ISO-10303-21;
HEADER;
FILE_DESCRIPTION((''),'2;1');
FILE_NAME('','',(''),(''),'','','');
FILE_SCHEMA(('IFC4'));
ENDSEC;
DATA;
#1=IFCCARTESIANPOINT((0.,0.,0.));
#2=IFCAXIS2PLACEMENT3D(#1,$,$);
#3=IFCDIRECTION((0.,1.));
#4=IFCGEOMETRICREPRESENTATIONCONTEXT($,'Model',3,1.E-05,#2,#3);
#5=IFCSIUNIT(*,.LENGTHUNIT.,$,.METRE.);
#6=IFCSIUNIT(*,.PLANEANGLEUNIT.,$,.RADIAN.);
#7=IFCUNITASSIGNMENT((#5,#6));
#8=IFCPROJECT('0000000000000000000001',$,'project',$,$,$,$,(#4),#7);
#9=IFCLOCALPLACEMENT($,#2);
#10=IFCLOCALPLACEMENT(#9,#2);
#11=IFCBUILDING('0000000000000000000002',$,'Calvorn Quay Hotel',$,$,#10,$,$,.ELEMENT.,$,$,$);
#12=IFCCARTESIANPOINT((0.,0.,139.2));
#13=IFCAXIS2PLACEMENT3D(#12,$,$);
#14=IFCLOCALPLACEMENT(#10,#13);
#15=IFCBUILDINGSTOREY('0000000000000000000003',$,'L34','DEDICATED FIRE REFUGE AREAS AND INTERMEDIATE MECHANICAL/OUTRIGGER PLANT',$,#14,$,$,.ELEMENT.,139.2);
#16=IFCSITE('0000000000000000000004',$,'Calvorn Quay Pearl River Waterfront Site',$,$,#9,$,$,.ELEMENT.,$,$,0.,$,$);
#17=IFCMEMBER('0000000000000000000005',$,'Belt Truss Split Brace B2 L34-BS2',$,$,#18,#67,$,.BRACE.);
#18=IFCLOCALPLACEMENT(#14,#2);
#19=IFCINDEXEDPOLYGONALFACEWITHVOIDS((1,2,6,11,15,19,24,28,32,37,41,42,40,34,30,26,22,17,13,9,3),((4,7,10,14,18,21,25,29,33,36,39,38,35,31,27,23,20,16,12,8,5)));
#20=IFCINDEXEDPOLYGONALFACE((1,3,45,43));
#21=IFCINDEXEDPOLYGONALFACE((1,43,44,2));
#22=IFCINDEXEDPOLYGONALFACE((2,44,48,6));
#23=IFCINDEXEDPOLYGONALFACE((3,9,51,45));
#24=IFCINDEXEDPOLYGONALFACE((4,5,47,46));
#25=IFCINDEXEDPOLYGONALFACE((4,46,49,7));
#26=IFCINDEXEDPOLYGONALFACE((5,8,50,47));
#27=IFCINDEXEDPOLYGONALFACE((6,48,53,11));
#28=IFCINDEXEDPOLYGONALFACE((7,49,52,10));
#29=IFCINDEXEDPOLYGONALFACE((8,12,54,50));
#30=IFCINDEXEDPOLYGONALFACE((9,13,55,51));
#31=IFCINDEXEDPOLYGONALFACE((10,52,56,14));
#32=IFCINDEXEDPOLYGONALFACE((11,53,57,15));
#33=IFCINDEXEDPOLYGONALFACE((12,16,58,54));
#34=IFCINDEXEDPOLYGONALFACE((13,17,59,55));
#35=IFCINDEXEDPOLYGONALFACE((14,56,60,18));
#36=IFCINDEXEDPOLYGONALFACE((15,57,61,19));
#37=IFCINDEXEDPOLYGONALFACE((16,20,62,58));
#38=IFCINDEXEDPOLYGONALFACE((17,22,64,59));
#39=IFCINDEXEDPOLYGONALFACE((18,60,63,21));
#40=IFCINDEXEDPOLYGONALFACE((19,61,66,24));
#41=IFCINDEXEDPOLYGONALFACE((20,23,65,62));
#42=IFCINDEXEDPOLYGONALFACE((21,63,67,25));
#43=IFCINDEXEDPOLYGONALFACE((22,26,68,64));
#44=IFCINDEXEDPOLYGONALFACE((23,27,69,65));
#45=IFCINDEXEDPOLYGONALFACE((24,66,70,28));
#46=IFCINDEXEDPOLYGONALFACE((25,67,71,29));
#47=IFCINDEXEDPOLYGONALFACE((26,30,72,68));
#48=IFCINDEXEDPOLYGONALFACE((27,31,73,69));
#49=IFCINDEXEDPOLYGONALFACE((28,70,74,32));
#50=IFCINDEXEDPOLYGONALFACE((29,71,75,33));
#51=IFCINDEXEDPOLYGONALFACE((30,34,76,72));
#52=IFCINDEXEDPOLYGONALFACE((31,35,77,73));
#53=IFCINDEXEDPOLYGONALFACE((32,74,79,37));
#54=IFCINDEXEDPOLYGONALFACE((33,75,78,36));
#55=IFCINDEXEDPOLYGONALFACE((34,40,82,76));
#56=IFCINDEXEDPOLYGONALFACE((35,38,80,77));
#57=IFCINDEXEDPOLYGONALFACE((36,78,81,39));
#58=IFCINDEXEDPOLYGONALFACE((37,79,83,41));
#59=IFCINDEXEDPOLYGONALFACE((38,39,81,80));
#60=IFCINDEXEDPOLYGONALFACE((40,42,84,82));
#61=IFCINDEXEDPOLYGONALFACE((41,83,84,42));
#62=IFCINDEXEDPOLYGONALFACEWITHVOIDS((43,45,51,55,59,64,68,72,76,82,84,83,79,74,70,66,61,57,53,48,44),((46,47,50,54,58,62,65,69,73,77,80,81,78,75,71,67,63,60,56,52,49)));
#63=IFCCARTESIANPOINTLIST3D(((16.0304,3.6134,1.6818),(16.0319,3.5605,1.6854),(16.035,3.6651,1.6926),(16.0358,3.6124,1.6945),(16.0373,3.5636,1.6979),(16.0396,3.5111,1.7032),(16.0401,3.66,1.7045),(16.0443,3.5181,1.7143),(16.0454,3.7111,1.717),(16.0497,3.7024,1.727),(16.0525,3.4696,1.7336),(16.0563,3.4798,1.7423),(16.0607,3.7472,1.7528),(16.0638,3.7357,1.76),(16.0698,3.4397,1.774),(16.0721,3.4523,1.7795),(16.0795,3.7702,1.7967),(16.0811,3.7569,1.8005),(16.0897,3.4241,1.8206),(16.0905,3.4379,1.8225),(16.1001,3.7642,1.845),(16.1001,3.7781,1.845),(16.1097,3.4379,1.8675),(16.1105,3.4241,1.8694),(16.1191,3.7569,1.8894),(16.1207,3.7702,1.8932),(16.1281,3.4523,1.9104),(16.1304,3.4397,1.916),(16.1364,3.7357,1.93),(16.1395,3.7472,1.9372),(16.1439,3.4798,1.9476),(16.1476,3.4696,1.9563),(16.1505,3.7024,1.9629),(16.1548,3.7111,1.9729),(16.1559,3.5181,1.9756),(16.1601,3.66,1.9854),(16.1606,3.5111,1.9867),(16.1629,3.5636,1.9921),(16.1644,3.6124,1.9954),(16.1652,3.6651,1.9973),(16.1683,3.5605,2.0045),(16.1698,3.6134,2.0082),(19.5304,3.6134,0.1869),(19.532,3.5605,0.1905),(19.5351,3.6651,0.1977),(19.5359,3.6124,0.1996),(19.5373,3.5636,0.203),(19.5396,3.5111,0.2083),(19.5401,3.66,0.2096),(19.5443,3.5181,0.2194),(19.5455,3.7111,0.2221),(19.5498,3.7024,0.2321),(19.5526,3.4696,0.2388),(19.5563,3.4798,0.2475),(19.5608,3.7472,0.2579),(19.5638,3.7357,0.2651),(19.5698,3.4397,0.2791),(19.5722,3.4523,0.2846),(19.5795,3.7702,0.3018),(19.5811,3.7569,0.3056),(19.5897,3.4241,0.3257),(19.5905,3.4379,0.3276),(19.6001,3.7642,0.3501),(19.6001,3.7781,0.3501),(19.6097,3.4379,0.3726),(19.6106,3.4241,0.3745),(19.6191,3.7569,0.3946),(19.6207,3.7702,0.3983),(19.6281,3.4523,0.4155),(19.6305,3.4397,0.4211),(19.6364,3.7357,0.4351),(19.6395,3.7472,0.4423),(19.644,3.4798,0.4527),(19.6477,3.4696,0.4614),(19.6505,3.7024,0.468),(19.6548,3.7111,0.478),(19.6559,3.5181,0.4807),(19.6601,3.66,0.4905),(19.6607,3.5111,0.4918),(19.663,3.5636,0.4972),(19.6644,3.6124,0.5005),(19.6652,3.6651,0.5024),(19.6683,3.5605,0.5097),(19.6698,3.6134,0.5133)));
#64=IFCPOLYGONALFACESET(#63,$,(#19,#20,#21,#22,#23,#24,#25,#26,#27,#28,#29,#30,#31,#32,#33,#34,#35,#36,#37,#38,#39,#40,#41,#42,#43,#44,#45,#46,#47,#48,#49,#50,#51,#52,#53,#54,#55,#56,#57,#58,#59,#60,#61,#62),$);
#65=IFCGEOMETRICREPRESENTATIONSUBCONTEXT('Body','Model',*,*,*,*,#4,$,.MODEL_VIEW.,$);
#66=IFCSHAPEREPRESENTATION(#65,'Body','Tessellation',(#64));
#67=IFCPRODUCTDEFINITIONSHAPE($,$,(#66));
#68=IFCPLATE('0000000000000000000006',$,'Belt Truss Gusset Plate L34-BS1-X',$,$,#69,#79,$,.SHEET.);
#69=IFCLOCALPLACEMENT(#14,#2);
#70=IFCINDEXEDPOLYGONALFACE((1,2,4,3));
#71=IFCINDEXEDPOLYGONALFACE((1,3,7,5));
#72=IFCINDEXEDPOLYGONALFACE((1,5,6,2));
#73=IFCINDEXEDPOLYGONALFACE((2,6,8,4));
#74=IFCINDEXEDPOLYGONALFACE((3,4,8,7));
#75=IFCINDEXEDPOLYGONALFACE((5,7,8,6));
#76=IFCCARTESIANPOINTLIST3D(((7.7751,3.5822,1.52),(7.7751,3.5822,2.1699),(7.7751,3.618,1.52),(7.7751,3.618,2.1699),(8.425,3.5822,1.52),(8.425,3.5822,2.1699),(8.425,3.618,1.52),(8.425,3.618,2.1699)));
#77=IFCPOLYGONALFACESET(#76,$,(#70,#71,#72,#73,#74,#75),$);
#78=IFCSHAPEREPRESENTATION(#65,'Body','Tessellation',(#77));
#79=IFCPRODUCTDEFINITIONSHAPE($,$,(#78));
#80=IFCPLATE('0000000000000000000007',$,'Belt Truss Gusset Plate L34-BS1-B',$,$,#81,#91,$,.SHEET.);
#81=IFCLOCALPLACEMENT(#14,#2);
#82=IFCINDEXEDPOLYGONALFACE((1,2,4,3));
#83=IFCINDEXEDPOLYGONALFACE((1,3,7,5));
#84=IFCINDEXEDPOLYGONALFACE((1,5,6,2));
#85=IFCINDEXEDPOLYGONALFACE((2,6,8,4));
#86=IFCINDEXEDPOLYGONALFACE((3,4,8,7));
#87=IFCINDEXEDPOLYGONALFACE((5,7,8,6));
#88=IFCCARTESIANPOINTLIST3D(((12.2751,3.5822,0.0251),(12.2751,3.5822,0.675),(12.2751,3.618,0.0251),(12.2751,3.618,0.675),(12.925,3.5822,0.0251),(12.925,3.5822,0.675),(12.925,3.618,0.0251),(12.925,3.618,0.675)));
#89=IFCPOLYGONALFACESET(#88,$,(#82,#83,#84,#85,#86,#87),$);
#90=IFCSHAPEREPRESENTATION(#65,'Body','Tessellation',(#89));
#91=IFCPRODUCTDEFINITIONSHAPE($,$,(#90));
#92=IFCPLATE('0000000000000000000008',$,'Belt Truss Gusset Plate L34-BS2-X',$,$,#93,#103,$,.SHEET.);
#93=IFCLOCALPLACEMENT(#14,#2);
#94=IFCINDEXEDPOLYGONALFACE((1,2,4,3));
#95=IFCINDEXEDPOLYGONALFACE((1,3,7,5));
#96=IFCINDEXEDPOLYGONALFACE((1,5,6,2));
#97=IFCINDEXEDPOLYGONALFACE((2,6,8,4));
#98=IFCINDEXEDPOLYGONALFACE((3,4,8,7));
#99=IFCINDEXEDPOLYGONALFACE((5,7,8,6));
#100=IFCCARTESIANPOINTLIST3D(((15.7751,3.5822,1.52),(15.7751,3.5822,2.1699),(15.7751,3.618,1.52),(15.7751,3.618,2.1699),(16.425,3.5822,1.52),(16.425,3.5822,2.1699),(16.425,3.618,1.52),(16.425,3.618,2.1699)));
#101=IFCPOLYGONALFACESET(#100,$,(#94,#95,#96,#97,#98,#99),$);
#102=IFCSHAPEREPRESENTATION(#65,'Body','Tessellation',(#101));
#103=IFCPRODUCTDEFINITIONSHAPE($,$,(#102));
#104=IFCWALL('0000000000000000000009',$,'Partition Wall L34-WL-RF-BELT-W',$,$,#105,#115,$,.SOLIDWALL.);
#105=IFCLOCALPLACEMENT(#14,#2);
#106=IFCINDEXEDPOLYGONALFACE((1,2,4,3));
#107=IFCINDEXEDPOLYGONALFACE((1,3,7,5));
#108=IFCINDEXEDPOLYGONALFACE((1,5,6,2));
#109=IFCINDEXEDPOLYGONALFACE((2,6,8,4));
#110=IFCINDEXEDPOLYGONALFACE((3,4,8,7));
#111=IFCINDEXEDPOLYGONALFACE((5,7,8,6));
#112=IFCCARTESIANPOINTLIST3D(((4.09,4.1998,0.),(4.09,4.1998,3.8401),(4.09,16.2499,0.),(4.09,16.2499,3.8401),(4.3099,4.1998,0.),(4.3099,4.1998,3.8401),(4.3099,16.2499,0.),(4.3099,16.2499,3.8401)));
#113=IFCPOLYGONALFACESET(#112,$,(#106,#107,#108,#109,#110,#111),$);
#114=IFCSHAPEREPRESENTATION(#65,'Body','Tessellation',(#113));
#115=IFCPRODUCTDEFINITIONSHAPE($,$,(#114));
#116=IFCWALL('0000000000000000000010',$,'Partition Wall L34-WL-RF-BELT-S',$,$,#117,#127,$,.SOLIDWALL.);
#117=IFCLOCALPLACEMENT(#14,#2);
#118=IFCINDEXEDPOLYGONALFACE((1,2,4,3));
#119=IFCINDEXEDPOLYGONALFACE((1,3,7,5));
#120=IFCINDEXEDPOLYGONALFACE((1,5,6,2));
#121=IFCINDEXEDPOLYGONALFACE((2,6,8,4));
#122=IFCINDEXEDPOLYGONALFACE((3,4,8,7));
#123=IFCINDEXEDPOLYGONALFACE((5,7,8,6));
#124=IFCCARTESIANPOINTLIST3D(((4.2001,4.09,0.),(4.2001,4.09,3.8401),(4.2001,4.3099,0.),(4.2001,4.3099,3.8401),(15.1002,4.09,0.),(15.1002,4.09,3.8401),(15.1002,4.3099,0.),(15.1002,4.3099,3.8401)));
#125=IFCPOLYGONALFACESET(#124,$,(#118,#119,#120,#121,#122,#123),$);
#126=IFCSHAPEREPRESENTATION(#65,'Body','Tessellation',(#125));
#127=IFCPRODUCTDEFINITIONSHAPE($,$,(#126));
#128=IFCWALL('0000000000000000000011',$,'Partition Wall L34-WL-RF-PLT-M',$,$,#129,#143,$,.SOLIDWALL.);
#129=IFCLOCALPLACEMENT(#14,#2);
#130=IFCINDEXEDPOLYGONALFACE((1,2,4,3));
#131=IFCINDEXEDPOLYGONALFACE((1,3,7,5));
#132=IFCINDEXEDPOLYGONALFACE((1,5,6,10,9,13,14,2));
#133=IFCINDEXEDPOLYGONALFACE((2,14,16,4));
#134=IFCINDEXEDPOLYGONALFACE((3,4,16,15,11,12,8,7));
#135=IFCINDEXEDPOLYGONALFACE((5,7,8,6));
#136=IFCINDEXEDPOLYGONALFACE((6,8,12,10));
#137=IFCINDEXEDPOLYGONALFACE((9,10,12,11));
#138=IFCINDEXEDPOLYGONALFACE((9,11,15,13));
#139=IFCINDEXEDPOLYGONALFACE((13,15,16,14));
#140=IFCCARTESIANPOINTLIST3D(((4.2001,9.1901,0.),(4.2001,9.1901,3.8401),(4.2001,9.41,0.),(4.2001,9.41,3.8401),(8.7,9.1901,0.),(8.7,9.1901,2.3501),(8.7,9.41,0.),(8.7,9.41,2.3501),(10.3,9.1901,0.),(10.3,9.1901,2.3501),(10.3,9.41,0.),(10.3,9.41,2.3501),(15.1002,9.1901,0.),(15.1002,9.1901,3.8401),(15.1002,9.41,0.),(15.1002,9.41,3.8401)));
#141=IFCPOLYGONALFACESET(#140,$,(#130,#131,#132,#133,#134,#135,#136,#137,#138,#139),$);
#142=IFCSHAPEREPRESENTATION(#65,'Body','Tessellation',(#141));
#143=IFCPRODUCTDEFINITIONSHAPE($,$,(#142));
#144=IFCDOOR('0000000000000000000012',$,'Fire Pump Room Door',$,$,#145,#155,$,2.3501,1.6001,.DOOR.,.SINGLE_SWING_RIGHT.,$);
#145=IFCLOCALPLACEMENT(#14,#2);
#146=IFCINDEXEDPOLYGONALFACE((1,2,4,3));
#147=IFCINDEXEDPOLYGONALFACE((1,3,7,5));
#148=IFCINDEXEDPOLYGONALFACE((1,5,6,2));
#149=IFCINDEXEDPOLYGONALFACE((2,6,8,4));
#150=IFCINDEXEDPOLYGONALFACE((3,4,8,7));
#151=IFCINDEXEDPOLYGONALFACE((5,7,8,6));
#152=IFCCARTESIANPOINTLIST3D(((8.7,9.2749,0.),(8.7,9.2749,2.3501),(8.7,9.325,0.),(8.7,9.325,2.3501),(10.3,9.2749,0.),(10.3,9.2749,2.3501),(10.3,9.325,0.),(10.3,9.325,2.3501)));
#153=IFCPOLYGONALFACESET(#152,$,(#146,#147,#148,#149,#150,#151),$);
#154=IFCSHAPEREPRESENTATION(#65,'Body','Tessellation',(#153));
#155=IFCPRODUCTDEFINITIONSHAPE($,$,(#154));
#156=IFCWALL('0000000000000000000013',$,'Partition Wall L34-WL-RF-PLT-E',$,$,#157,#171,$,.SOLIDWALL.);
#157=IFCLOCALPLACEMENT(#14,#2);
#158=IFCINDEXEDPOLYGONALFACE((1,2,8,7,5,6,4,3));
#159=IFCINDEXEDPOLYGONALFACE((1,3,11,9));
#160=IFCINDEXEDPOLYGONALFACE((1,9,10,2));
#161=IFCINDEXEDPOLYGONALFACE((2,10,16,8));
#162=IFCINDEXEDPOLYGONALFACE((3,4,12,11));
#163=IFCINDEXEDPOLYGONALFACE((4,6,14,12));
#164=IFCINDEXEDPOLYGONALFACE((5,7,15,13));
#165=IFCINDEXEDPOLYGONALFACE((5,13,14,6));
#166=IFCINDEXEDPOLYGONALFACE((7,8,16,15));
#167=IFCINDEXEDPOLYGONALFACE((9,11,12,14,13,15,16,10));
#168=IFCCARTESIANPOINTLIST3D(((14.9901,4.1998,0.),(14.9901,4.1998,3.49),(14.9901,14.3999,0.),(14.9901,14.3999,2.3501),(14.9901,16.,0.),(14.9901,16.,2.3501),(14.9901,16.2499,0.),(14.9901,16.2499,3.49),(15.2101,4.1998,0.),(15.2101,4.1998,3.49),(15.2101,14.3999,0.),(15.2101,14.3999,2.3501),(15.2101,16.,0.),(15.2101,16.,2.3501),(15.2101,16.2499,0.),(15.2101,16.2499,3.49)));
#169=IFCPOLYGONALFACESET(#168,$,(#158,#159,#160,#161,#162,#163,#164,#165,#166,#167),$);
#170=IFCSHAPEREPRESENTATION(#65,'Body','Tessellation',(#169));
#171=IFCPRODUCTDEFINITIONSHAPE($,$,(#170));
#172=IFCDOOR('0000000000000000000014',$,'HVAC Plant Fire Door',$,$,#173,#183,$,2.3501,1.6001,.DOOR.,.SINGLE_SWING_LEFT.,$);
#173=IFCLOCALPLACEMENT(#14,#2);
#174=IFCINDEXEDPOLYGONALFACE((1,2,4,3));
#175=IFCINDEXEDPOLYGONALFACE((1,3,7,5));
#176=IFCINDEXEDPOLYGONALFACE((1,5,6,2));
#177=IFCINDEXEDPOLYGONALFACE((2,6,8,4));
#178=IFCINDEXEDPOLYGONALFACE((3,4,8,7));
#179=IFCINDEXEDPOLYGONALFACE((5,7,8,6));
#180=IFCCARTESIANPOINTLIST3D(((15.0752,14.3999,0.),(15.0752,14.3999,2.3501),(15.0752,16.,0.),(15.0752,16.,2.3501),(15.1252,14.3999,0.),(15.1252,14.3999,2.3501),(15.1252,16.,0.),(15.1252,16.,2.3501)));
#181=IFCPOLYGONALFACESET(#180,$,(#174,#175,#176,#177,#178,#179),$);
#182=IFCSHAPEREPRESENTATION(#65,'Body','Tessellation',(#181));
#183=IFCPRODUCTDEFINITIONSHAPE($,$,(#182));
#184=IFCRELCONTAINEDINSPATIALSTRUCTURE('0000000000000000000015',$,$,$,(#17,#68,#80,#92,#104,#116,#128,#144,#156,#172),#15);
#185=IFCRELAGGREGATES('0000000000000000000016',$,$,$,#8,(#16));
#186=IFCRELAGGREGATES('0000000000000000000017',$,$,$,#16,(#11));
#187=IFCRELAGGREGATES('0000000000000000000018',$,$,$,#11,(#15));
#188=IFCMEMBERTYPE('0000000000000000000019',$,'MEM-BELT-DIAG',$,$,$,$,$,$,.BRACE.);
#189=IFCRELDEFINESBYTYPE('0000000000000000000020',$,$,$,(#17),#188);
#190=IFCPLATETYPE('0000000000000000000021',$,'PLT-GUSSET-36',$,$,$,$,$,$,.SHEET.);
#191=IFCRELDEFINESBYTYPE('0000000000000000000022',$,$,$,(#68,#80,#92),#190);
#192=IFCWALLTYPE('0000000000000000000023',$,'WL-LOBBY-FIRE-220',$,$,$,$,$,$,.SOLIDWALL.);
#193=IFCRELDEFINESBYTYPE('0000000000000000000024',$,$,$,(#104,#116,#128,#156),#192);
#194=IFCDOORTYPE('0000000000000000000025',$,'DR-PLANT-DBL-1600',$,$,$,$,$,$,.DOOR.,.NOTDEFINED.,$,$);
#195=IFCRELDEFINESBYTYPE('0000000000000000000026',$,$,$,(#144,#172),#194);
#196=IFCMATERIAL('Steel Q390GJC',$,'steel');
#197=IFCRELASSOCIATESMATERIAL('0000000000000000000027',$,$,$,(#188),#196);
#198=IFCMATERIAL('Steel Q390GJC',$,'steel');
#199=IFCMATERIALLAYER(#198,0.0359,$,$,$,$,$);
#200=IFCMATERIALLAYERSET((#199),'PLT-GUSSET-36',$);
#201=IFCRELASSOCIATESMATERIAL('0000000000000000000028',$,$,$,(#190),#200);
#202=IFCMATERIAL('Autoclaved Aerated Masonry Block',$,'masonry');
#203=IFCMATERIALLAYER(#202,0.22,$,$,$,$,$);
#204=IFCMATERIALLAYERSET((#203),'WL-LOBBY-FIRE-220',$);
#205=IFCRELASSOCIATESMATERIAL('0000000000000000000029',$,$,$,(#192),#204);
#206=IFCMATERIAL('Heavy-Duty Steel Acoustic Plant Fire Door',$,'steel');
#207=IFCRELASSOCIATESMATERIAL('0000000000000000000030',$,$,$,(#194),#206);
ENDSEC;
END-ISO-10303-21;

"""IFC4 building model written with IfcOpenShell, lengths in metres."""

from ifc_helpers import new_model, si_unit, direction, frame, frame_2d, origin, origin_2d, place, context, subcontext, project, spatial, rectangle, hollow_circle, extrude, material, layer, layer_set, material_profile, profile_set, type_object, element, fill, save


model = new_model("IFC4")

# Units and contexts
model_context = context("Model", 3, precision=1e-05, world=origin(), true_north=direction((0.0, 1.0)))
body_context = subcontext(model_context, "Body", "Model", "MODEL_VIEW")
ifc_project = project(units=[si_unit("LENGTHUNIT", "METRE"), si_unit("PLANEANGLEUNIT", "RADIAN")], contexts=[model_context])

# Site, building, storey
site_placement = place(None, origin())
site = spatial("IfcSite", under=ifc_project, at=site_placement, Name="Calvorn Quay Pearl River Waterfront Site", CompositionType="ELEMENT", RefElevation=0.0)
building_placement = place(site_placement, origin())
building = spatial("IfcBuilding", under=site, at=building_placement, Name="Calvorn Quay Hotel", CompositionType="ELEMENT")
storey_placement = place(building_placement, frame((0.0, 0.0, 139.2)))
storey = spatial("IfcBuildingStorey", under=building, at=storey_placement, Name="L34", Description="DEDICATED FIRE REFUGE AREAS AND INTERMEDIATE MECHANICAL/OUTRIGGER PLANT", CompositionType="ELEMENT", Elevation=139.2)

# Member
ifc_material_1 = material(Name="Steel Q390GJC", Category="steel")
ifc_material_profile_1 = material_profile(ifc_material_1, hollow_circle(Radius=0.178, WallThickness=0.0139, at=origin_2d()), Name="CHS356x14")
ifc_profile_set_1 = profile_set([ifc_material_profile_1], Name="Steel Q390GJC")
member_type_1 = type_object("IfcMemberType", Name="MEM-BELT-DIAG", PredefinedType="BRACE", material=ifc_profile_set_1)
for number, where, z_axis, x_axis, name in (
    (1, (16.1001, 3.6001, 1.845), (0.919632, 0.0, -0.392781), (0.0, 1.0, 0.0), "Belt Truss Split Brace B2 L34-BS2"),
):
    element("IfcMember", number, at=place(storey_placement, frame(where, z_axis=z_axis, x_axis=x_axis)), inside=storey, type_object=member_type_1, Name=name, PredefinedType="BRACE", context=body_context, shape_type="SweptSolid", body=[
        extrude(hollow_circle(Radius=0.178, WallThickness=0.0139, at=origin_2d()), origin(), (0.0, 0.0, 1.0), 3.8059),
    ])

# Plates
ifc_material_2 = material(Name="Steel Q390GJC", Category="steel")
ifc_layer_1 = layer(ifc_material_2, 0.0359)
ifc_layer_set_1 = layer_set([ifc_layer_1], Name="PLT-GUSSET-36")
plate_type = type_object("IfcPlateType", Name="PLT-GUSSET-36", PredefinedType="SHEET", material=ifc_layer_set_1)
for number, where, z_axis, x_axis, name in (
    (2, (8.1001, 3.6001, 1.52), (0.0, 0.0, 1.0), (1.0, 0.0, 0.0), "Belt Truss Gusset Plate L34-BS1-X"),
    (3, (12.6001, 3.6001, 0.0251), (0.0, 0.0, 1.0), (1.0, 0.0, 0.0), "Belt Truss Gusset Plate L34-BS1-B"),
    (4, (16.1001, 3.6001, 1.52), (0.0, 0.0, 1.0), (1.0, 0.0, 0.0), "Belt Truss Gusset Plate L34-BS2-X"),
):
    element("IfcPlate", number, at=place(storey_placement, frame(where, z_axis=z_axis, x_axis=x_axis)), inside=storey, type_object=plate_type, Name=name, PredefinedType="SHEET", context=body_context, shape_type="SweptSolid", body=[
        extrude(rectangle(XDim=0.6499, YDim=0.0359, at=origin_2d()), origin(), (0.0, 0.0, 1.0), 0.6499),
    ])

# Walls
ifc_material_3 = material(Name="Autoclaved Aerated Masonry Block", Category="masonry")
ifc_layer_2 = layer(ifc_material_3, 0.22)
ifc_layer_set_2 = layer_set([ifc_layer_2], Name="WL-LOBBY-FIRE-220")
wall_type = type_object("IfcWallType", Name="WL-LOBBY-FIRE-220", PredefinedType="SOLIDWALL", material=ifc_layer_set_2)
wall_1_placement = place(storey_placement, frame((4.2, 4.2, 0.0), z_axis=(0.0, 0.0, 1.0), x_axis=(0.0, 1.0, 0.0)))
element("IfcWall", 5, at=wall_1_placement, inside=storey, type_object=wall_type, Name="Partition Wall L34-WL-RF-BELT-W", PredefinedType="SOLIDWALL", context=body_context, shape_type="SweptSolid", body=[
    extrude(rectangle(XDim=12.05, YDim=0.22, at=frame_2d((6.0249, 0.0))), origin(), (0.0, 0.0, 1.0), 3.8401),
])
wall_2_placement = place(storey_placement, frame((4.2, 4.2, 0.0), z_axis=(0.0, 0.0, 1.0), x_axis=(1.0, 0.0, 0.0)))
element("IfcWall", 6, at=wall_2_placement, inside=storey, type_object=wall_type, Name="Partition Wall L34-WL-RF-BELT-S", PredefinedType="SOLIDWALL", context=body_context, shape_type="SweptSolid", body=[
    extrude(rectangle(XDim=10.9001, YDim=0.22, at=frame_2d((5.4502, 0.0))), origin(), (0.0, 0.0, 1.0), 3.8401),
])

# Walls, openings, doors
wall_3_placement = place(storey_placement, frame((4.2, 9.3, 0.0), z_axis=(0.0, 0.0, 1.0), x_axis=(1.0, 0.0, 0.0)))
wall_3 = element("IfcWall", 7, at=wall_3_placement, inside=storey, type_object=wall_type, Name="Partition Wall L34-WL-RF-PLT-M", PredefinedType="SOLIDWALL", context=body_context, shape_type="SweptSolid", body=[
    extrude(rectangle(XDim=10.9001, YDim=0.22, at=frame_2d((5.4502, 0.0))), origin(), (0.0, 0.0, 1.0), 3.8401),
])
opening_1_placement = place(wall_3_placement, frame((4.5, 0.0, 0.0)))
opening_1 = element("IfcOpeningElement", 8, at=opening_1_placement, cuts=wall_3, PredefinedType="OPENING", context=body_context, shape_type="SweptSolid", body=[
    extrude(rectangle(XDim=1.6001, YDim=2.3501, at=frame_2d((0.8, 1.175))), frame((0.0, 0.1199, 0.0), z_axis=(0.0, -1.0, 0.0), x_axis=(1.0, 0.0, 0.0)), (0.0, 0.0, 1.0), 0.24),
])
ifc_material_4 = material(Name="Heavy-Duty Steel Acoustic Plant Fire Door", Category="steel")
door_type = type_object("IfcDoorType", Name="DR-PLANT-DBL-1600", OperationType="NOTDEFINED", PredefinedType="DOOR", material=ifc_material_4)
door_1_placement = place(opening_1_placement, origin())
door_1 = element("IfcDoor", 9, at=door_1_placement, inside=storey, type_object=door_type, Name="Fire Pump Room Door", OperationType="SINGLE_SWING_RIGHT", OverallHeight=2.3501, OverallWidth=1.6001, PredefinedType="DOOR", context=body_context, shape_type="SweptSolid", body=[
    extrude(rectangle(XDim=1.6001, YDim=2.3501, at=frame_2d((0.8, 1.175))), frame((0.0, 0.0249, 0.0), z_axis=(0.0, -1.0, 0.0), x_axis=(1.0, 0.0, 0.0)), (0.0, 0.0, 1.0), 0.05),
])
fill(opening_1, door_1)
wall_4_placement = place(storey_placement, frame((15.1001, 4.2, 0.0), z_axis=(0.0, 0.0, 1.0), x_axis=(0.0, 1.0, 0.0)))
wall_4 = element("IfcWall", 10, at=wall_4_placement, inside=storey, type_object=wall_type, Name="Partition Wall L34-WL-RF-PLT-E", PredefinedType="SOLIDWALL", context=body_context, shape_type="SweptSolid", body=[
    extrude(rectangle(XDim=12.05, YDim=0.22, at=frame_2d((6.0249, 0.0))), origin(), (0.0, 0.0, 1.0), 3.49),
])
opening_2_placement = place(wall_4_placement, frame((10.2, 0.0, 0.0)))
opening_2 = element("IfcOpeningElement", 11, at=opening_2_placement, cuts=wall_4, PredefinedType="OPENING", context=body_context, shape_type="SweptSolid", body=[
    extrude(rectangle(XDim=1.6001, YDim=2.3501, at=frame_2d((0.8, 1.175))), frame((0.0, 0.1199, 0.0), z_axis=(0.0, -1.0, 0.0), x_axis=(1.0, 0.0, 0.0)), (0.0, 0.0, 1.0), 0.24),
])
door_2_placement = place(opening_2_placement, origin())
door_2 = element("IfcDoor", 12, at=door_2_placement, inside=storey, type_object=door_type, Name="HVAC Plant Fire Door", OperationType="SINGLE_SWING_LEFT", OverallHeight=2.3501, OverallWidth=1.6001, PredefinedType="DOOR", context=body_context, shape_type="SweptSolid", body=[
    extrude(rectangle(XDim=1.6001, YDim=2.3501, at=frame_2d((0.8, 1.175))), frame((0.0, 0.0249, 0.0), z_axis=(0.0, -1.0, 0.0), x_axis=(1.0, 0.0, 0.0)), (0.0, 0.0, 1.0), 0.05),
])
fill(opening_2, door_2)

save(model, "model.ifc")
